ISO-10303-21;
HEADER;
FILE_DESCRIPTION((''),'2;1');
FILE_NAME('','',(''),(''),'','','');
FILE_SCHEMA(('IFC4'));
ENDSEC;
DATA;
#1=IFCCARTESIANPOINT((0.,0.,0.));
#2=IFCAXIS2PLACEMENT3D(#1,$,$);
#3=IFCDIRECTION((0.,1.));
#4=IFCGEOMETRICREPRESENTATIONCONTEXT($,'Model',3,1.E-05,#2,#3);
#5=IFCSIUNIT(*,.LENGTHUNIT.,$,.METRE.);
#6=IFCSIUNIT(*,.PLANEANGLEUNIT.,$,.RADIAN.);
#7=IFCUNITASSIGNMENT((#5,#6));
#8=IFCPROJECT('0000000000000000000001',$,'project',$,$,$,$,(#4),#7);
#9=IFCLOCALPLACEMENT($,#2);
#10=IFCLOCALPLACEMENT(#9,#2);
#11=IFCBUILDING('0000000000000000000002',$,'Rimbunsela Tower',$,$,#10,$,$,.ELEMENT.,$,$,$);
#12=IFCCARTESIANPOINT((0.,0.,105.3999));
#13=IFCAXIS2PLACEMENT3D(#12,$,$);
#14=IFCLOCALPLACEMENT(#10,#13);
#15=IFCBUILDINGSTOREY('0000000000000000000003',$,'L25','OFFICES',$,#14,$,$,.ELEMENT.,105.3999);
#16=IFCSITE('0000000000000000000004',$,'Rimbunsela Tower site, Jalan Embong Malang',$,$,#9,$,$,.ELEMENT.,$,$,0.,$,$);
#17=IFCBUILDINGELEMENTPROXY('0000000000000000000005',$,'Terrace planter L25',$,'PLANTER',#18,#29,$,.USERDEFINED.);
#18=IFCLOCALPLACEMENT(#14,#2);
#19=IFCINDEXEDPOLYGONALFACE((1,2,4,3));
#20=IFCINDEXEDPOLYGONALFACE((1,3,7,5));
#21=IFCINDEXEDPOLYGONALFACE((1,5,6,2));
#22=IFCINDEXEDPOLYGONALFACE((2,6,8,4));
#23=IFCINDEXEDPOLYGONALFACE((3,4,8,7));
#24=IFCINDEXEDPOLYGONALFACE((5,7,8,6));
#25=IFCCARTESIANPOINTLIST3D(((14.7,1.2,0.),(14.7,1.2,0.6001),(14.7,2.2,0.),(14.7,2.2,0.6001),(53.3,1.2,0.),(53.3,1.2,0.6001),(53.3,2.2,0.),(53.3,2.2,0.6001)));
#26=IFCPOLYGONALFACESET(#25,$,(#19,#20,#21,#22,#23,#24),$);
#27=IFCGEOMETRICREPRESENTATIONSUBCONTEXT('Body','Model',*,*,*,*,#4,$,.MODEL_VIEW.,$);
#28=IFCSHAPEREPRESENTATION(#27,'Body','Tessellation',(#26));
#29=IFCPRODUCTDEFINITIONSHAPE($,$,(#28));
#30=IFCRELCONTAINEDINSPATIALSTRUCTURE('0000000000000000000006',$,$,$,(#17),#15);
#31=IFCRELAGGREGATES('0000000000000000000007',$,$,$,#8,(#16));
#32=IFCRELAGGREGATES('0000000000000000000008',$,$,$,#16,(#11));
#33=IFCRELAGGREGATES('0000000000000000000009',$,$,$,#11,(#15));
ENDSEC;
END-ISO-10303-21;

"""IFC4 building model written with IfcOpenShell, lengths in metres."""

from ifc_helpers import new_model, si_unit, direction, frame, origin, origin_2d, place, context, subcontext, project, spatial, rectangle, extrude, element, save


model = new_model("IFC4")

# Units and contexts
model_context = context("Model", 3, precision=1e-05, world=origin(), true_north=direction((0.0, 1.0)))
body_context = subcontext(model_context, "Body", "Model", "MODEL_VIEW")
ifc_project = project(units=[si_unit("LENGTHUNIT", "METRE"), si_unit("PLANEANGLEUNIT", "RADIAN")], contexts=[model_context])

# Site, building, storey
site_placement = place(None, origin())
site = spatial("IfcSite", under=ifc_project, at=site_placement, Name="Rimbunsela Tower site, Jalan Embong Malang", CompositionType="ELEMENT", RefElevation=0.0)
building_placement = place(site_placement, origin())
building = spatial("IfcBuilding", under=site, at=building_placement, Name="Rimbunsela Tower", CompositionType="ELEMENT")
storey_placement = place(building_placement, frame((0.0, 0.0, 105.3999)))
storey = spatial("IfcBuildingStorey", under=building, at=storey_placement, Name="L25", Description="OFFICES", CompositionType="ELEMENT", Elevation=105.3999)

# Building element proxy
proxy_placement = place(storey_placement, frame((34.0, 1.7, 0.0), z_axis=(0.0, 0.0, 1.0), x_axis=(1.0, 0.0, 0.0)))
element("IfcBuildingElementProxy", 1, at=proxy_placement, inside=storey, Name="Terrace planter L25", ObjectType="PLANTER", PredefinedType="USERDEFINED", context=body_context, shape_type="SweptSolid", body=[
    extrude(rectangle(XDim=38.6001, YDim=1.0, at=origin_2d()), origin(), (0.0, 0.0, 1.0), 0.6001),
])

save(model, "model.ifc")
